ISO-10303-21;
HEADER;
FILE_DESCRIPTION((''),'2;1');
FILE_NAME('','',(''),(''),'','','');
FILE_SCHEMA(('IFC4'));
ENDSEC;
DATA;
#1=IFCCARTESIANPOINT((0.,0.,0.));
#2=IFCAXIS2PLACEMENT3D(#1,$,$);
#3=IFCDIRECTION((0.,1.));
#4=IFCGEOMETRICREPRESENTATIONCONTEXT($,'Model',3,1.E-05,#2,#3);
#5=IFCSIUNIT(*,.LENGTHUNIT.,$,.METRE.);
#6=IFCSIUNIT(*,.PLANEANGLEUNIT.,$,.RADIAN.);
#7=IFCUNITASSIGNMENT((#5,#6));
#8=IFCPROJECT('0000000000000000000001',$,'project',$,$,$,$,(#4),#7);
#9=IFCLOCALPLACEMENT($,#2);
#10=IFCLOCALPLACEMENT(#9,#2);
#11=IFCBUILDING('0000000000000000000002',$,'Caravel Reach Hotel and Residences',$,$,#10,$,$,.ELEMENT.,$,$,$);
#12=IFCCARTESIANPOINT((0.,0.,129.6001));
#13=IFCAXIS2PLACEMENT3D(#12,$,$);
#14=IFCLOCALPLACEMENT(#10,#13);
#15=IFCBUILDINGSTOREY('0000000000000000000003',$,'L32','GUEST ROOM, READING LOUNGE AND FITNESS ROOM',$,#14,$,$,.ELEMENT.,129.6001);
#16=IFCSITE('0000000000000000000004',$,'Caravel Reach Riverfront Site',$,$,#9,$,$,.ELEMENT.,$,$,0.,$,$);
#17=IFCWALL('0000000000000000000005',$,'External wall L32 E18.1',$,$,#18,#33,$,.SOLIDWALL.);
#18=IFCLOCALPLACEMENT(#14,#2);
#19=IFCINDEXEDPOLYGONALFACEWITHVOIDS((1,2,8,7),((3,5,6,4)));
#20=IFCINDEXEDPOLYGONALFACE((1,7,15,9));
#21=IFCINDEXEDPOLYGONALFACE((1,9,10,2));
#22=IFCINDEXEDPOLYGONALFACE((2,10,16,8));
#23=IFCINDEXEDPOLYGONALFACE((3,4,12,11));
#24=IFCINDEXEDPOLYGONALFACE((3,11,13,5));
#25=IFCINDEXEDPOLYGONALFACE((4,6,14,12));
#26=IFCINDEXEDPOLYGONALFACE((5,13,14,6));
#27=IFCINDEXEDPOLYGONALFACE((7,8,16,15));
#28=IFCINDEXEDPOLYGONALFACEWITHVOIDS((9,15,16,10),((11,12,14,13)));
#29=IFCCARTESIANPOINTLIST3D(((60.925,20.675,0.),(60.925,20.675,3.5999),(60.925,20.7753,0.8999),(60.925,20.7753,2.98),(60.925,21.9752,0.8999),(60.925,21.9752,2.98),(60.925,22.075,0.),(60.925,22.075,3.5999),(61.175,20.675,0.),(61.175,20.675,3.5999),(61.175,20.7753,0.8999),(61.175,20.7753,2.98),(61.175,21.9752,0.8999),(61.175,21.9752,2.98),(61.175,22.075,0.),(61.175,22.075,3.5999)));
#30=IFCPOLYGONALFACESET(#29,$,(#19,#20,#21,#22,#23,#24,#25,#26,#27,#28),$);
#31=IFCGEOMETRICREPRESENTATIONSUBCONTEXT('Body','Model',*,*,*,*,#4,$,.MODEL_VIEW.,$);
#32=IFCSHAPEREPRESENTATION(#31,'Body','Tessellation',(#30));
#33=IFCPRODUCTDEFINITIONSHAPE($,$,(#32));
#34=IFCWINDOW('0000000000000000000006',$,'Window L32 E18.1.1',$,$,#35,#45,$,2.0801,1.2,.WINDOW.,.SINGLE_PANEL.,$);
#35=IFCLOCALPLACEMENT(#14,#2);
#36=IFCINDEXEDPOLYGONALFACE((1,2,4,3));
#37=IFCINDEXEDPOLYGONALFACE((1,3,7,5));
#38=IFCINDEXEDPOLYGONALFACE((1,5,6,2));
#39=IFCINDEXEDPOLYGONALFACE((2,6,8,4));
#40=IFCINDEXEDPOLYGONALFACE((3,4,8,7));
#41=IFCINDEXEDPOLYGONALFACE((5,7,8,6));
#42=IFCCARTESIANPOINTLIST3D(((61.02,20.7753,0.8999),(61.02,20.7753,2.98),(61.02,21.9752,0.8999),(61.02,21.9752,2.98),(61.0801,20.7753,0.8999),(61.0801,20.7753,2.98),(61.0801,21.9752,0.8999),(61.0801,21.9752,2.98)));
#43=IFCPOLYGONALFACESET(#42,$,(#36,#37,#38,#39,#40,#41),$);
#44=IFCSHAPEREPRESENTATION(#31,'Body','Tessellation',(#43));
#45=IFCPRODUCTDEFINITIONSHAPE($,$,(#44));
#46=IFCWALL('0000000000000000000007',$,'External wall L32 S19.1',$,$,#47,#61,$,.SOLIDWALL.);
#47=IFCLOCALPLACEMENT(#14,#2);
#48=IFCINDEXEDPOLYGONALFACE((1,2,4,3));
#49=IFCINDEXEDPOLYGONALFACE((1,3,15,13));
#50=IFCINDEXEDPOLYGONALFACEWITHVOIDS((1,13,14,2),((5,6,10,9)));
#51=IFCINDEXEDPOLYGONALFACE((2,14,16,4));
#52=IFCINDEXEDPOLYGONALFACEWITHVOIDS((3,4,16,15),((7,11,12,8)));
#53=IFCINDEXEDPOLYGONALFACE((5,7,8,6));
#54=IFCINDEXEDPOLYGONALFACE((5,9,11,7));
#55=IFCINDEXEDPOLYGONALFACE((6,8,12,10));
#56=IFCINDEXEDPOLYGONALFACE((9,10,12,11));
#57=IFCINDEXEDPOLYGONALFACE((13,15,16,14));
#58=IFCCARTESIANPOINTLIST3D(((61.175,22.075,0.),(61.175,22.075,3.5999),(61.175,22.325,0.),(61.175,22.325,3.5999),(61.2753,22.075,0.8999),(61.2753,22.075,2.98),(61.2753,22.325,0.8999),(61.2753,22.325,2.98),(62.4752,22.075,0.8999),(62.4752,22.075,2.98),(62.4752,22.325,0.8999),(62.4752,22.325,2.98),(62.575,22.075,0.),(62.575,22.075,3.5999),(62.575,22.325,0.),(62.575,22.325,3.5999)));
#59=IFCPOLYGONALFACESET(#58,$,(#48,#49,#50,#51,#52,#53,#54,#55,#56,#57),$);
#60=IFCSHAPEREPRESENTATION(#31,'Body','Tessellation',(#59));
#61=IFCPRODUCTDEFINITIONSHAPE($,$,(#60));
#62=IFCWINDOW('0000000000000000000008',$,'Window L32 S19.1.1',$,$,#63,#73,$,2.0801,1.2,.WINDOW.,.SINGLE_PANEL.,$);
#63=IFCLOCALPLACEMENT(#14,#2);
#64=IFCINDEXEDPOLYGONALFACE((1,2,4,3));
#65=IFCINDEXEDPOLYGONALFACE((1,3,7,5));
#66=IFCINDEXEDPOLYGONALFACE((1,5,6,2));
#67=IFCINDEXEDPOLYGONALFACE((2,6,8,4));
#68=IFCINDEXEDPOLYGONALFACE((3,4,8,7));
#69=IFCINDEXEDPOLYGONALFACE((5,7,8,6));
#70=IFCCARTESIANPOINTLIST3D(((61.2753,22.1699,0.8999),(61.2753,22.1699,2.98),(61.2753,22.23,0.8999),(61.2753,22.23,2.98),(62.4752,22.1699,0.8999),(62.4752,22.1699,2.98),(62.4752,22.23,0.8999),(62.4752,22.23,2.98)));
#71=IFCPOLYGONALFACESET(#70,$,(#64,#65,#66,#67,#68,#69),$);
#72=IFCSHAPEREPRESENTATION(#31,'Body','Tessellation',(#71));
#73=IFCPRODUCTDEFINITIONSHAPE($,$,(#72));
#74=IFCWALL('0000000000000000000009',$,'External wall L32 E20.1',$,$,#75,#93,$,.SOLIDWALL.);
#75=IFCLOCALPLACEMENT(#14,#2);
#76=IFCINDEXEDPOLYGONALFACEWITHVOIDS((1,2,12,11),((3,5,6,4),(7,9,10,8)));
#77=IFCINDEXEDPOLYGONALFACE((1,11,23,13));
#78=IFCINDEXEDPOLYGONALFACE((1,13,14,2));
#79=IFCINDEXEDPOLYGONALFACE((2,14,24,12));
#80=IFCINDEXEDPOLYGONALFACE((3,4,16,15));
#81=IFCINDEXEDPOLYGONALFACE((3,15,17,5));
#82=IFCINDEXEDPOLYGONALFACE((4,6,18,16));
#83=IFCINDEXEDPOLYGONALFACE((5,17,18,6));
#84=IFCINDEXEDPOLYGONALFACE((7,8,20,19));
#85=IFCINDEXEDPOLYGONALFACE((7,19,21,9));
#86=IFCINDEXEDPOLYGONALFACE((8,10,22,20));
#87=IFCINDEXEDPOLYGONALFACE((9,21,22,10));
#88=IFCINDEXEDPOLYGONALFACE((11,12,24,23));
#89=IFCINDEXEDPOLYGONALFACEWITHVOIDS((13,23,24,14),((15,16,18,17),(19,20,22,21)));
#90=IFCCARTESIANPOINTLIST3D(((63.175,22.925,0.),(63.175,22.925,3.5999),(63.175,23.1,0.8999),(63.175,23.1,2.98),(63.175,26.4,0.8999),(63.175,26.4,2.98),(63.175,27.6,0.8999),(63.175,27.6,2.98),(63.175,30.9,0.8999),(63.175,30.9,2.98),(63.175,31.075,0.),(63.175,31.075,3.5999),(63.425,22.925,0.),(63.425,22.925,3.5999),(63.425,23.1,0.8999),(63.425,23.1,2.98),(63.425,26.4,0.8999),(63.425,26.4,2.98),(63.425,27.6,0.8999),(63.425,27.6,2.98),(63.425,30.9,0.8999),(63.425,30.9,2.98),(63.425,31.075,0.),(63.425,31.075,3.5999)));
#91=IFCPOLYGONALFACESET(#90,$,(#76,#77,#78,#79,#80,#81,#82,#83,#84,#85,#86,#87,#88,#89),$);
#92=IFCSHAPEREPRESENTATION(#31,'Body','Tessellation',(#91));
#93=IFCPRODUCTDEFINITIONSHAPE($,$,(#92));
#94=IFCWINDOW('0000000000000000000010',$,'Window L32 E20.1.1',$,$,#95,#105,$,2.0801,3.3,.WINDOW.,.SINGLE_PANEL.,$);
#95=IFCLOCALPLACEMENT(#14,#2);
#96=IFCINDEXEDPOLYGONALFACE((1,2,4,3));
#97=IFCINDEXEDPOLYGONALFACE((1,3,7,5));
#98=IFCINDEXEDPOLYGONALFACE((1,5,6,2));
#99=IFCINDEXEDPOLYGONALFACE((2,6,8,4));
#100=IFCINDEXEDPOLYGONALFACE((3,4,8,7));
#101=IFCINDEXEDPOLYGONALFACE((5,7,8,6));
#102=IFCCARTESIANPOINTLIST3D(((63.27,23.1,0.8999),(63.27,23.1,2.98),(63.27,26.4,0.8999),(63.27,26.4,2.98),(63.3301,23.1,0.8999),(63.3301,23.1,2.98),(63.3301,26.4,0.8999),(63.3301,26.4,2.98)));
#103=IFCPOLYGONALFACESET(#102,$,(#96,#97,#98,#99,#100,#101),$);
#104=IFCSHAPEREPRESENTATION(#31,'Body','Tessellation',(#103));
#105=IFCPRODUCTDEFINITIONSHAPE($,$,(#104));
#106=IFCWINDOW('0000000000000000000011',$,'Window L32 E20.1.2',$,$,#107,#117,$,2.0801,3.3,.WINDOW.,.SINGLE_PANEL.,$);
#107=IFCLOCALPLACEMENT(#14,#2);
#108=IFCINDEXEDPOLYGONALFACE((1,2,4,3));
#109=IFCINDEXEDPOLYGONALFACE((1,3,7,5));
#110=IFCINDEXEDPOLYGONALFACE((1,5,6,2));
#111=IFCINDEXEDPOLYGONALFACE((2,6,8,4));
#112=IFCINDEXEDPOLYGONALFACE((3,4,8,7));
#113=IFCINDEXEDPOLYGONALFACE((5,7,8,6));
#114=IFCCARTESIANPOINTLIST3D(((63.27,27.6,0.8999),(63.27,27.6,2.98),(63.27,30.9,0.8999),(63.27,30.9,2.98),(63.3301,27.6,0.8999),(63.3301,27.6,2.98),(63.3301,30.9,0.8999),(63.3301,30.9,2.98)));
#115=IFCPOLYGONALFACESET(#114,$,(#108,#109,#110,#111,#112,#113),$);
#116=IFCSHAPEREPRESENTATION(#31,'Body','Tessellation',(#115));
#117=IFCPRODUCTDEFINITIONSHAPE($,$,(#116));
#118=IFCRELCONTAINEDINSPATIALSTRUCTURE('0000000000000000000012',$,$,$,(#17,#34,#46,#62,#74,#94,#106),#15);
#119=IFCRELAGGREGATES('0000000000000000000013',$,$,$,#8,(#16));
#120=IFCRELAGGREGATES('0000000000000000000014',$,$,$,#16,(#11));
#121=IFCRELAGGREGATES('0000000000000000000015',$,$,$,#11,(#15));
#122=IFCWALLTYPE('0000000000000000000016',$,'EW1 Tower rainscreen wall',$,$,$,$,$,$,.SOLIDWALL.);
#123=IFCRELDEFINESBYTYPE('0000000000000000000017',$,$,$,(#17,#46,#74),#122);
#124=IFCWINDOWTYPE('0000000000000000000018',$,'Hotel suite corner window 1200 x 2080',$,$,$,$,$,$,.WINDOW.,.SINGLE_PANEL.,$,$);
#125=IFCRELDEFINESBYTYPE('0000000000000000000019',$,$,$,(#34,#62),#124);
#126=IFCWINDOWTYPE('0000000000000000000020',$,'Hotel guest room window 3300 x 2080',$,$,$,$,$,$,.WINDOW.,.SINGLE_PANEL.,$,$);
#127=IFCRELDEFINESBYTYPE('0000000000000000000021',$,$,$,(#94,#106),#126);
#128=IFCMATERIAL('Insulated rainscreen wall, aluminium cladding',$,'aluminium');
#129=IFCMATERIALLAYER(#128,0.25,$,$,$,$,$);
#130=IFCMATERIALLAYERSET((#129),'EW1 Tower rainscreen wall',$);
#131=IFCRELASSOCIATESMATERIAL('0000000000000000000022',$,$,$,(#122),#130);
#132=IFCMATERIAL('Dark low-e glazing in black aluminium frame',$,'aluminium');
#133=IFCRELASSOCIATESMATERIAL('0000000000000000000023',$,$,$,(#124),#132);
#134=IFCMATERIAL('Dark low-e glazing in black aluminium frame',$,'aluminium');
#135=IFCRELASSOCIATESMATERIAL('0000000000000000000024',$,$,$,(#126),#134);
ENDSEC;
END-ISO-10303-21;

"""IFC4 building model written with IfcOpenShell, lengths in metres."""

from ifc_helpers import new_model, si_unit, direction, frame, frame_2d, origin, place, context, subcontext, project, spatial, rectangle, extrude, material, layer, layer_set, type_object, element, fill, save


model = new_model("IFC4")

# Units and contexts
model_context = context("Model", 3, precision=1e-05, world=origin(), true_north=direction((0.0, 1.0)))
body_context = subcontext(model_context, "Body", "Model", "MODEL_VIEW")
ifc_project = project(units=[si_unit("LENGTHUNIT", "METRE"), si_unit("PLANEANGLEUNIT", "RADIAN")], contexts=[model_context])

# Site, building, storey
site_placement = place(None, origin())
site = spatial("IfcSite", under=ifc_project, at=site_placement, Name="Caravel Reach Riverfront Site", CompositionType="ELEMENT", RefElevation=0.0)
building_placement = place(site_placement, origin())
building = spatial("IfcBuilding", under=site, at=building_placement, Name="Caravel Reach Hotel and Residences", CompositionType="ELEMENT")
storey_placement = place(building_placement, frame((0.0, 0.0, 129.6001)))
storey = spatial("IfcBuildingStorey", under=building, at=storey_placement, Name="L32", Description="GUEST ROOM, READING LOUNGE AND FITNESS ROOM", CompositionType="ELEMENT", Elevation=129.6001)

# Walls, openings, windows
ifc_material_1 = material(Name="Insulated rainscreen wall, aluminium cladding", Category="aluminium")
ifc_layer = layer(ifc_material_1, 0.25)
ifc_layer_set = layer_set([ifc_layer], Name="EW1 Tower rainscreen wall")
wall_type = type_object("IfcWallType", Name="EW1 Tower rainscreen wall", PredefinedType="SOLIDWALL", material=ifc_layer_set)
wall_1_placement = place(storey_placement, frame((61.05, 20.675, 0.0), z_axis=(0.0, 0.0, 1.0), x_axis=(0.0, 1.0, 0.0)))
wall_1 = element("IfcWall", 1, at=wall_1_placement, inside=storey, type_object=wall_type, Name="External wall L32 E18.1", PredefinedType="SOLIDWALL", context=body_context, shape_type="SweptSolid", body=[
    extrude(rectangle(XDim=1.3999, YDim=0.25, at=frame_2d((0.7, 0.0))), origin(), (0.0, 0.0, 1.0), 3.5999),
])
opening_1_placement = place(wall_1_placement, frame((0.1001, 0.0, 0.8999)))
opening_1 = element("IfcOpeningElement", 2, at=opening_1_placement, cuts=wall_1, PredefinedType="OPENING", context=body_context, shape_type="SweptSolid", body=[
    extrude(rectangle(XDim=1.2, YDim=2.0801, at=frame_2d((0.6001, 1.04))), frame((0.0, 0.135, 0.0), z_axis=(0.0, -1.0, 0.0), x_axis=(1.0, 0.0, 0.0)), (0.0, 0.0, 1.0), 0.27),
])
ifc_material_2 = material(Name="Dark low-e glazing in black aluminium frame", Category="aluminium")
window_type_1 = type_object("IfcWindowType", Name="Hotel suite corner window 1200 x 2080", PartitioningType="SINGLE_PANEL", PredefinedType="WINDOW", material=ifc_material_2)
window_1_placement = place(opening_1_placement, origin())
window_1 = element("IfcWindow", 3, at=window_1_placement, inside=storey, type_object=window_type_1, Name="Window L32 E18.1.1", OverallHeight=2.0801, OverallWidth=1.2, PartitioningType="SINGLE_PANEL", PredefinedType="WINDOW", context=body_context, shape_type="SweptSolid", body=[
    extrude(rectangle(XDim=1.2, YDim=2.0801, at=frame_2d((0.6001, 1.04))), frame((0.0, 0.03, 0.0), z_axis=(0.0, -1.0, 0.0), x_axis=(1.0, 0.0, 0.0)), (0.0, 0.0, 1.0), 0.0601),
])
fill(opening_1, window_1)
wall_2_placement = place(storey_placement, frame((61.175, 22.2, 0.0), z_axis=(0.0, 0.0, 1.0), x_axis=(1.0, 0.0, 0.0)))
wall_2 = element("IfcWall", 4, at=wall_2_placement, inside=storey, type_object=wall_type, Name="External wall L32 S19.1", PredefinedType="SOLIDWALL", context=body_context, shape_type="SweptSolid", body=[
    extrude(rectangle(XDim=1.3999, YDim=0.25, at=frame_2d((0.7, 0.0))), origin(), (0.0, 0.0, 1.0), 3.5999),
])
opening_2_placement = place(wall_2_placement, frame((0.1001, 0.0, 0.8999)))
opening_2 = element("IfcOpeningElement", 5, at=opening_2_placement, cuts=wall_2, PredefinedType="OPENING", context=body_context, shape_type="SweptSolid", body=[
    extrude(rectangle(XDim=1.2, YDim=2.0801, at=frame_2d((0.6001, 1.04))), frame((0.0, 0.135, 0.0), z_axis=(0.0, -1.0, 0.0), x_axis=(1.0, 0.0, 0.0)), (0.0, 0.0, 1.0), 0.27),
])
window_2_placement = place(opening_2_placement, origin())
window_2 = element("IfcWindow", 6, at=window_2_placement, inside=storey, type_object=window_type_1, Name="Window L32 S19.1.1", OverallHeight=2.0801, OverallWidth=1.2, PartitioningType="SINGLE_PANEL", PredefinedType="WINDOW", context=body_context, shape_type="SweptSolid", body=[
    extrude(rectangle(XDim=1.2, YDim=2.0801, at=frame_2d((0.6001, 1.04))), frame((0.0, 0.03, 0.0), z_axis=(0.0, -1.0, 0.0), x_axis=(1.0, 0.0, 0.0)), (0.0, 0.0, 1.0), 0.0601),
])
fill(opening_2, window_2)

# Wall, openings, windows
wall_3_placement = place(storey_placement, frame((63.3, 22.925, 0.0), z_axis=(0.0, 0.0, 1.0), x_axis=(0.0, 1.0, 0.0)))
wall_3 = element("IfcWall", 7, at=wall_3_placement, inside=storey, type_object=wall_type, Name="External wall L32 E20.1", PredefinedType="SOLIDWALL", context=body_context, shape_type="SweptSolid", body=[
    extrude(rectangle(XDim=8.1499, YDim=0.25, at=frame_2d((4.075, 0.0))), origin(), (0.0, 0.0, 1.0), 3.5999),
])
opening_3_placement = place(wall_3_placement, frame((0.175, 0.0, 0.8999)))
opening_3 = element("IfcOpeningElement", 8, at=opening_3_placement, cuts=wall_3, PredefinedType="OPENING", context=body_context, shape_type="SweptSolid", body=[
    extrude(rectangle(XDim=3.3, YDim=2.0801, at=frame_2d((1.6499, 1.04))), frame((0.0, 0.135, 0.0), z_axis=(0.0, -1.0, 0.0), x_axis=(1.0, 0.0, 0.0)), (0.0, 0.0, 1.0), 0.27),
])
opening_4_placement = place(wall_3_placement, frame((4.675, 0.0, 0.8999)))
opening_4 = element("IfcOpeningElement", 9, at=opening_4_placement, cuts=wall_3, PredefinedType="OPENING", context=body_context, shape_type="SweptSolid", body=[
    extrude(rectangle(XDim=3.3, YDim=2.0801, at=frame_2d((1.6499, 1.04))), frame((0.0, 0.135, 0.0), z_axis=(0.0, -1.0, 0.0), x_axis=(1.0, 0.0, 0.0)), (0.0, 0.0, 1.0), 0.27),
])
ifc_material_3 = material(Name="Dark low-e glazing in black aluminium frame", Category="aluminium")
window_type_2 = type_object("IfcWindowType", Name="Hotel guest room window 3300 x 2080", PartitioningType="SINGLE_PANEL", PredefinedType="WINDOW", material=ifc_material_3)
window_3_placement = place(opening_3_placement, origin())
window_3 = element("IfcWindow", 10, at=window_3_placement, inside=storey, type_object=window_type_2, Name="Window L32 E20.1.1", OverallHeight=2.0801, OverallWidth=3.3, PartitioningType="SINGLE_PANEL", PredefinedType="WINDOW", context=body_context, shape_type="SweptSolid", body=[
    extrude(rectangle(XDim=3.3, YDim=2.0801, at=frame_2d((1.6499, 1.04))), frame((0.0, 0.03, 0.0), z_axis=(0.0, -1.0, 0.0), x_axis=(1.0, 0.0, 0.0)), (0.0, 0.0, 1.0), 0.0601),
])
fill(opening_3, window_3)
window_4_placement = place(opening_4_placement, origin())
window_4 = element("IfcWindow", 11, at=window_4_placement, inside=storey, type_object=window_type_2, Name="Window L32 E20.1.2", OverallHeight=2.0801, OverallWidth=3.3, PartitioningType="SINGLE_PANEL", PredefinedType="WINDOW", context=body_context, shape_type="SweptSolid", body=[
    extrude(rectangle(XDim=3.3, YDim=2.0801, at=frame_2d((1.6499, 1.04))), frame((0.0, 0.03, 0.0), z_axis=(0.0, -1.0, 0.0), x_axis=(1.0, 0.0, 0.0)), (0.0, 0.0, 1.0), 0.0601),
])
fill(opening_4, window_4)

save(model, "model.ifc")
